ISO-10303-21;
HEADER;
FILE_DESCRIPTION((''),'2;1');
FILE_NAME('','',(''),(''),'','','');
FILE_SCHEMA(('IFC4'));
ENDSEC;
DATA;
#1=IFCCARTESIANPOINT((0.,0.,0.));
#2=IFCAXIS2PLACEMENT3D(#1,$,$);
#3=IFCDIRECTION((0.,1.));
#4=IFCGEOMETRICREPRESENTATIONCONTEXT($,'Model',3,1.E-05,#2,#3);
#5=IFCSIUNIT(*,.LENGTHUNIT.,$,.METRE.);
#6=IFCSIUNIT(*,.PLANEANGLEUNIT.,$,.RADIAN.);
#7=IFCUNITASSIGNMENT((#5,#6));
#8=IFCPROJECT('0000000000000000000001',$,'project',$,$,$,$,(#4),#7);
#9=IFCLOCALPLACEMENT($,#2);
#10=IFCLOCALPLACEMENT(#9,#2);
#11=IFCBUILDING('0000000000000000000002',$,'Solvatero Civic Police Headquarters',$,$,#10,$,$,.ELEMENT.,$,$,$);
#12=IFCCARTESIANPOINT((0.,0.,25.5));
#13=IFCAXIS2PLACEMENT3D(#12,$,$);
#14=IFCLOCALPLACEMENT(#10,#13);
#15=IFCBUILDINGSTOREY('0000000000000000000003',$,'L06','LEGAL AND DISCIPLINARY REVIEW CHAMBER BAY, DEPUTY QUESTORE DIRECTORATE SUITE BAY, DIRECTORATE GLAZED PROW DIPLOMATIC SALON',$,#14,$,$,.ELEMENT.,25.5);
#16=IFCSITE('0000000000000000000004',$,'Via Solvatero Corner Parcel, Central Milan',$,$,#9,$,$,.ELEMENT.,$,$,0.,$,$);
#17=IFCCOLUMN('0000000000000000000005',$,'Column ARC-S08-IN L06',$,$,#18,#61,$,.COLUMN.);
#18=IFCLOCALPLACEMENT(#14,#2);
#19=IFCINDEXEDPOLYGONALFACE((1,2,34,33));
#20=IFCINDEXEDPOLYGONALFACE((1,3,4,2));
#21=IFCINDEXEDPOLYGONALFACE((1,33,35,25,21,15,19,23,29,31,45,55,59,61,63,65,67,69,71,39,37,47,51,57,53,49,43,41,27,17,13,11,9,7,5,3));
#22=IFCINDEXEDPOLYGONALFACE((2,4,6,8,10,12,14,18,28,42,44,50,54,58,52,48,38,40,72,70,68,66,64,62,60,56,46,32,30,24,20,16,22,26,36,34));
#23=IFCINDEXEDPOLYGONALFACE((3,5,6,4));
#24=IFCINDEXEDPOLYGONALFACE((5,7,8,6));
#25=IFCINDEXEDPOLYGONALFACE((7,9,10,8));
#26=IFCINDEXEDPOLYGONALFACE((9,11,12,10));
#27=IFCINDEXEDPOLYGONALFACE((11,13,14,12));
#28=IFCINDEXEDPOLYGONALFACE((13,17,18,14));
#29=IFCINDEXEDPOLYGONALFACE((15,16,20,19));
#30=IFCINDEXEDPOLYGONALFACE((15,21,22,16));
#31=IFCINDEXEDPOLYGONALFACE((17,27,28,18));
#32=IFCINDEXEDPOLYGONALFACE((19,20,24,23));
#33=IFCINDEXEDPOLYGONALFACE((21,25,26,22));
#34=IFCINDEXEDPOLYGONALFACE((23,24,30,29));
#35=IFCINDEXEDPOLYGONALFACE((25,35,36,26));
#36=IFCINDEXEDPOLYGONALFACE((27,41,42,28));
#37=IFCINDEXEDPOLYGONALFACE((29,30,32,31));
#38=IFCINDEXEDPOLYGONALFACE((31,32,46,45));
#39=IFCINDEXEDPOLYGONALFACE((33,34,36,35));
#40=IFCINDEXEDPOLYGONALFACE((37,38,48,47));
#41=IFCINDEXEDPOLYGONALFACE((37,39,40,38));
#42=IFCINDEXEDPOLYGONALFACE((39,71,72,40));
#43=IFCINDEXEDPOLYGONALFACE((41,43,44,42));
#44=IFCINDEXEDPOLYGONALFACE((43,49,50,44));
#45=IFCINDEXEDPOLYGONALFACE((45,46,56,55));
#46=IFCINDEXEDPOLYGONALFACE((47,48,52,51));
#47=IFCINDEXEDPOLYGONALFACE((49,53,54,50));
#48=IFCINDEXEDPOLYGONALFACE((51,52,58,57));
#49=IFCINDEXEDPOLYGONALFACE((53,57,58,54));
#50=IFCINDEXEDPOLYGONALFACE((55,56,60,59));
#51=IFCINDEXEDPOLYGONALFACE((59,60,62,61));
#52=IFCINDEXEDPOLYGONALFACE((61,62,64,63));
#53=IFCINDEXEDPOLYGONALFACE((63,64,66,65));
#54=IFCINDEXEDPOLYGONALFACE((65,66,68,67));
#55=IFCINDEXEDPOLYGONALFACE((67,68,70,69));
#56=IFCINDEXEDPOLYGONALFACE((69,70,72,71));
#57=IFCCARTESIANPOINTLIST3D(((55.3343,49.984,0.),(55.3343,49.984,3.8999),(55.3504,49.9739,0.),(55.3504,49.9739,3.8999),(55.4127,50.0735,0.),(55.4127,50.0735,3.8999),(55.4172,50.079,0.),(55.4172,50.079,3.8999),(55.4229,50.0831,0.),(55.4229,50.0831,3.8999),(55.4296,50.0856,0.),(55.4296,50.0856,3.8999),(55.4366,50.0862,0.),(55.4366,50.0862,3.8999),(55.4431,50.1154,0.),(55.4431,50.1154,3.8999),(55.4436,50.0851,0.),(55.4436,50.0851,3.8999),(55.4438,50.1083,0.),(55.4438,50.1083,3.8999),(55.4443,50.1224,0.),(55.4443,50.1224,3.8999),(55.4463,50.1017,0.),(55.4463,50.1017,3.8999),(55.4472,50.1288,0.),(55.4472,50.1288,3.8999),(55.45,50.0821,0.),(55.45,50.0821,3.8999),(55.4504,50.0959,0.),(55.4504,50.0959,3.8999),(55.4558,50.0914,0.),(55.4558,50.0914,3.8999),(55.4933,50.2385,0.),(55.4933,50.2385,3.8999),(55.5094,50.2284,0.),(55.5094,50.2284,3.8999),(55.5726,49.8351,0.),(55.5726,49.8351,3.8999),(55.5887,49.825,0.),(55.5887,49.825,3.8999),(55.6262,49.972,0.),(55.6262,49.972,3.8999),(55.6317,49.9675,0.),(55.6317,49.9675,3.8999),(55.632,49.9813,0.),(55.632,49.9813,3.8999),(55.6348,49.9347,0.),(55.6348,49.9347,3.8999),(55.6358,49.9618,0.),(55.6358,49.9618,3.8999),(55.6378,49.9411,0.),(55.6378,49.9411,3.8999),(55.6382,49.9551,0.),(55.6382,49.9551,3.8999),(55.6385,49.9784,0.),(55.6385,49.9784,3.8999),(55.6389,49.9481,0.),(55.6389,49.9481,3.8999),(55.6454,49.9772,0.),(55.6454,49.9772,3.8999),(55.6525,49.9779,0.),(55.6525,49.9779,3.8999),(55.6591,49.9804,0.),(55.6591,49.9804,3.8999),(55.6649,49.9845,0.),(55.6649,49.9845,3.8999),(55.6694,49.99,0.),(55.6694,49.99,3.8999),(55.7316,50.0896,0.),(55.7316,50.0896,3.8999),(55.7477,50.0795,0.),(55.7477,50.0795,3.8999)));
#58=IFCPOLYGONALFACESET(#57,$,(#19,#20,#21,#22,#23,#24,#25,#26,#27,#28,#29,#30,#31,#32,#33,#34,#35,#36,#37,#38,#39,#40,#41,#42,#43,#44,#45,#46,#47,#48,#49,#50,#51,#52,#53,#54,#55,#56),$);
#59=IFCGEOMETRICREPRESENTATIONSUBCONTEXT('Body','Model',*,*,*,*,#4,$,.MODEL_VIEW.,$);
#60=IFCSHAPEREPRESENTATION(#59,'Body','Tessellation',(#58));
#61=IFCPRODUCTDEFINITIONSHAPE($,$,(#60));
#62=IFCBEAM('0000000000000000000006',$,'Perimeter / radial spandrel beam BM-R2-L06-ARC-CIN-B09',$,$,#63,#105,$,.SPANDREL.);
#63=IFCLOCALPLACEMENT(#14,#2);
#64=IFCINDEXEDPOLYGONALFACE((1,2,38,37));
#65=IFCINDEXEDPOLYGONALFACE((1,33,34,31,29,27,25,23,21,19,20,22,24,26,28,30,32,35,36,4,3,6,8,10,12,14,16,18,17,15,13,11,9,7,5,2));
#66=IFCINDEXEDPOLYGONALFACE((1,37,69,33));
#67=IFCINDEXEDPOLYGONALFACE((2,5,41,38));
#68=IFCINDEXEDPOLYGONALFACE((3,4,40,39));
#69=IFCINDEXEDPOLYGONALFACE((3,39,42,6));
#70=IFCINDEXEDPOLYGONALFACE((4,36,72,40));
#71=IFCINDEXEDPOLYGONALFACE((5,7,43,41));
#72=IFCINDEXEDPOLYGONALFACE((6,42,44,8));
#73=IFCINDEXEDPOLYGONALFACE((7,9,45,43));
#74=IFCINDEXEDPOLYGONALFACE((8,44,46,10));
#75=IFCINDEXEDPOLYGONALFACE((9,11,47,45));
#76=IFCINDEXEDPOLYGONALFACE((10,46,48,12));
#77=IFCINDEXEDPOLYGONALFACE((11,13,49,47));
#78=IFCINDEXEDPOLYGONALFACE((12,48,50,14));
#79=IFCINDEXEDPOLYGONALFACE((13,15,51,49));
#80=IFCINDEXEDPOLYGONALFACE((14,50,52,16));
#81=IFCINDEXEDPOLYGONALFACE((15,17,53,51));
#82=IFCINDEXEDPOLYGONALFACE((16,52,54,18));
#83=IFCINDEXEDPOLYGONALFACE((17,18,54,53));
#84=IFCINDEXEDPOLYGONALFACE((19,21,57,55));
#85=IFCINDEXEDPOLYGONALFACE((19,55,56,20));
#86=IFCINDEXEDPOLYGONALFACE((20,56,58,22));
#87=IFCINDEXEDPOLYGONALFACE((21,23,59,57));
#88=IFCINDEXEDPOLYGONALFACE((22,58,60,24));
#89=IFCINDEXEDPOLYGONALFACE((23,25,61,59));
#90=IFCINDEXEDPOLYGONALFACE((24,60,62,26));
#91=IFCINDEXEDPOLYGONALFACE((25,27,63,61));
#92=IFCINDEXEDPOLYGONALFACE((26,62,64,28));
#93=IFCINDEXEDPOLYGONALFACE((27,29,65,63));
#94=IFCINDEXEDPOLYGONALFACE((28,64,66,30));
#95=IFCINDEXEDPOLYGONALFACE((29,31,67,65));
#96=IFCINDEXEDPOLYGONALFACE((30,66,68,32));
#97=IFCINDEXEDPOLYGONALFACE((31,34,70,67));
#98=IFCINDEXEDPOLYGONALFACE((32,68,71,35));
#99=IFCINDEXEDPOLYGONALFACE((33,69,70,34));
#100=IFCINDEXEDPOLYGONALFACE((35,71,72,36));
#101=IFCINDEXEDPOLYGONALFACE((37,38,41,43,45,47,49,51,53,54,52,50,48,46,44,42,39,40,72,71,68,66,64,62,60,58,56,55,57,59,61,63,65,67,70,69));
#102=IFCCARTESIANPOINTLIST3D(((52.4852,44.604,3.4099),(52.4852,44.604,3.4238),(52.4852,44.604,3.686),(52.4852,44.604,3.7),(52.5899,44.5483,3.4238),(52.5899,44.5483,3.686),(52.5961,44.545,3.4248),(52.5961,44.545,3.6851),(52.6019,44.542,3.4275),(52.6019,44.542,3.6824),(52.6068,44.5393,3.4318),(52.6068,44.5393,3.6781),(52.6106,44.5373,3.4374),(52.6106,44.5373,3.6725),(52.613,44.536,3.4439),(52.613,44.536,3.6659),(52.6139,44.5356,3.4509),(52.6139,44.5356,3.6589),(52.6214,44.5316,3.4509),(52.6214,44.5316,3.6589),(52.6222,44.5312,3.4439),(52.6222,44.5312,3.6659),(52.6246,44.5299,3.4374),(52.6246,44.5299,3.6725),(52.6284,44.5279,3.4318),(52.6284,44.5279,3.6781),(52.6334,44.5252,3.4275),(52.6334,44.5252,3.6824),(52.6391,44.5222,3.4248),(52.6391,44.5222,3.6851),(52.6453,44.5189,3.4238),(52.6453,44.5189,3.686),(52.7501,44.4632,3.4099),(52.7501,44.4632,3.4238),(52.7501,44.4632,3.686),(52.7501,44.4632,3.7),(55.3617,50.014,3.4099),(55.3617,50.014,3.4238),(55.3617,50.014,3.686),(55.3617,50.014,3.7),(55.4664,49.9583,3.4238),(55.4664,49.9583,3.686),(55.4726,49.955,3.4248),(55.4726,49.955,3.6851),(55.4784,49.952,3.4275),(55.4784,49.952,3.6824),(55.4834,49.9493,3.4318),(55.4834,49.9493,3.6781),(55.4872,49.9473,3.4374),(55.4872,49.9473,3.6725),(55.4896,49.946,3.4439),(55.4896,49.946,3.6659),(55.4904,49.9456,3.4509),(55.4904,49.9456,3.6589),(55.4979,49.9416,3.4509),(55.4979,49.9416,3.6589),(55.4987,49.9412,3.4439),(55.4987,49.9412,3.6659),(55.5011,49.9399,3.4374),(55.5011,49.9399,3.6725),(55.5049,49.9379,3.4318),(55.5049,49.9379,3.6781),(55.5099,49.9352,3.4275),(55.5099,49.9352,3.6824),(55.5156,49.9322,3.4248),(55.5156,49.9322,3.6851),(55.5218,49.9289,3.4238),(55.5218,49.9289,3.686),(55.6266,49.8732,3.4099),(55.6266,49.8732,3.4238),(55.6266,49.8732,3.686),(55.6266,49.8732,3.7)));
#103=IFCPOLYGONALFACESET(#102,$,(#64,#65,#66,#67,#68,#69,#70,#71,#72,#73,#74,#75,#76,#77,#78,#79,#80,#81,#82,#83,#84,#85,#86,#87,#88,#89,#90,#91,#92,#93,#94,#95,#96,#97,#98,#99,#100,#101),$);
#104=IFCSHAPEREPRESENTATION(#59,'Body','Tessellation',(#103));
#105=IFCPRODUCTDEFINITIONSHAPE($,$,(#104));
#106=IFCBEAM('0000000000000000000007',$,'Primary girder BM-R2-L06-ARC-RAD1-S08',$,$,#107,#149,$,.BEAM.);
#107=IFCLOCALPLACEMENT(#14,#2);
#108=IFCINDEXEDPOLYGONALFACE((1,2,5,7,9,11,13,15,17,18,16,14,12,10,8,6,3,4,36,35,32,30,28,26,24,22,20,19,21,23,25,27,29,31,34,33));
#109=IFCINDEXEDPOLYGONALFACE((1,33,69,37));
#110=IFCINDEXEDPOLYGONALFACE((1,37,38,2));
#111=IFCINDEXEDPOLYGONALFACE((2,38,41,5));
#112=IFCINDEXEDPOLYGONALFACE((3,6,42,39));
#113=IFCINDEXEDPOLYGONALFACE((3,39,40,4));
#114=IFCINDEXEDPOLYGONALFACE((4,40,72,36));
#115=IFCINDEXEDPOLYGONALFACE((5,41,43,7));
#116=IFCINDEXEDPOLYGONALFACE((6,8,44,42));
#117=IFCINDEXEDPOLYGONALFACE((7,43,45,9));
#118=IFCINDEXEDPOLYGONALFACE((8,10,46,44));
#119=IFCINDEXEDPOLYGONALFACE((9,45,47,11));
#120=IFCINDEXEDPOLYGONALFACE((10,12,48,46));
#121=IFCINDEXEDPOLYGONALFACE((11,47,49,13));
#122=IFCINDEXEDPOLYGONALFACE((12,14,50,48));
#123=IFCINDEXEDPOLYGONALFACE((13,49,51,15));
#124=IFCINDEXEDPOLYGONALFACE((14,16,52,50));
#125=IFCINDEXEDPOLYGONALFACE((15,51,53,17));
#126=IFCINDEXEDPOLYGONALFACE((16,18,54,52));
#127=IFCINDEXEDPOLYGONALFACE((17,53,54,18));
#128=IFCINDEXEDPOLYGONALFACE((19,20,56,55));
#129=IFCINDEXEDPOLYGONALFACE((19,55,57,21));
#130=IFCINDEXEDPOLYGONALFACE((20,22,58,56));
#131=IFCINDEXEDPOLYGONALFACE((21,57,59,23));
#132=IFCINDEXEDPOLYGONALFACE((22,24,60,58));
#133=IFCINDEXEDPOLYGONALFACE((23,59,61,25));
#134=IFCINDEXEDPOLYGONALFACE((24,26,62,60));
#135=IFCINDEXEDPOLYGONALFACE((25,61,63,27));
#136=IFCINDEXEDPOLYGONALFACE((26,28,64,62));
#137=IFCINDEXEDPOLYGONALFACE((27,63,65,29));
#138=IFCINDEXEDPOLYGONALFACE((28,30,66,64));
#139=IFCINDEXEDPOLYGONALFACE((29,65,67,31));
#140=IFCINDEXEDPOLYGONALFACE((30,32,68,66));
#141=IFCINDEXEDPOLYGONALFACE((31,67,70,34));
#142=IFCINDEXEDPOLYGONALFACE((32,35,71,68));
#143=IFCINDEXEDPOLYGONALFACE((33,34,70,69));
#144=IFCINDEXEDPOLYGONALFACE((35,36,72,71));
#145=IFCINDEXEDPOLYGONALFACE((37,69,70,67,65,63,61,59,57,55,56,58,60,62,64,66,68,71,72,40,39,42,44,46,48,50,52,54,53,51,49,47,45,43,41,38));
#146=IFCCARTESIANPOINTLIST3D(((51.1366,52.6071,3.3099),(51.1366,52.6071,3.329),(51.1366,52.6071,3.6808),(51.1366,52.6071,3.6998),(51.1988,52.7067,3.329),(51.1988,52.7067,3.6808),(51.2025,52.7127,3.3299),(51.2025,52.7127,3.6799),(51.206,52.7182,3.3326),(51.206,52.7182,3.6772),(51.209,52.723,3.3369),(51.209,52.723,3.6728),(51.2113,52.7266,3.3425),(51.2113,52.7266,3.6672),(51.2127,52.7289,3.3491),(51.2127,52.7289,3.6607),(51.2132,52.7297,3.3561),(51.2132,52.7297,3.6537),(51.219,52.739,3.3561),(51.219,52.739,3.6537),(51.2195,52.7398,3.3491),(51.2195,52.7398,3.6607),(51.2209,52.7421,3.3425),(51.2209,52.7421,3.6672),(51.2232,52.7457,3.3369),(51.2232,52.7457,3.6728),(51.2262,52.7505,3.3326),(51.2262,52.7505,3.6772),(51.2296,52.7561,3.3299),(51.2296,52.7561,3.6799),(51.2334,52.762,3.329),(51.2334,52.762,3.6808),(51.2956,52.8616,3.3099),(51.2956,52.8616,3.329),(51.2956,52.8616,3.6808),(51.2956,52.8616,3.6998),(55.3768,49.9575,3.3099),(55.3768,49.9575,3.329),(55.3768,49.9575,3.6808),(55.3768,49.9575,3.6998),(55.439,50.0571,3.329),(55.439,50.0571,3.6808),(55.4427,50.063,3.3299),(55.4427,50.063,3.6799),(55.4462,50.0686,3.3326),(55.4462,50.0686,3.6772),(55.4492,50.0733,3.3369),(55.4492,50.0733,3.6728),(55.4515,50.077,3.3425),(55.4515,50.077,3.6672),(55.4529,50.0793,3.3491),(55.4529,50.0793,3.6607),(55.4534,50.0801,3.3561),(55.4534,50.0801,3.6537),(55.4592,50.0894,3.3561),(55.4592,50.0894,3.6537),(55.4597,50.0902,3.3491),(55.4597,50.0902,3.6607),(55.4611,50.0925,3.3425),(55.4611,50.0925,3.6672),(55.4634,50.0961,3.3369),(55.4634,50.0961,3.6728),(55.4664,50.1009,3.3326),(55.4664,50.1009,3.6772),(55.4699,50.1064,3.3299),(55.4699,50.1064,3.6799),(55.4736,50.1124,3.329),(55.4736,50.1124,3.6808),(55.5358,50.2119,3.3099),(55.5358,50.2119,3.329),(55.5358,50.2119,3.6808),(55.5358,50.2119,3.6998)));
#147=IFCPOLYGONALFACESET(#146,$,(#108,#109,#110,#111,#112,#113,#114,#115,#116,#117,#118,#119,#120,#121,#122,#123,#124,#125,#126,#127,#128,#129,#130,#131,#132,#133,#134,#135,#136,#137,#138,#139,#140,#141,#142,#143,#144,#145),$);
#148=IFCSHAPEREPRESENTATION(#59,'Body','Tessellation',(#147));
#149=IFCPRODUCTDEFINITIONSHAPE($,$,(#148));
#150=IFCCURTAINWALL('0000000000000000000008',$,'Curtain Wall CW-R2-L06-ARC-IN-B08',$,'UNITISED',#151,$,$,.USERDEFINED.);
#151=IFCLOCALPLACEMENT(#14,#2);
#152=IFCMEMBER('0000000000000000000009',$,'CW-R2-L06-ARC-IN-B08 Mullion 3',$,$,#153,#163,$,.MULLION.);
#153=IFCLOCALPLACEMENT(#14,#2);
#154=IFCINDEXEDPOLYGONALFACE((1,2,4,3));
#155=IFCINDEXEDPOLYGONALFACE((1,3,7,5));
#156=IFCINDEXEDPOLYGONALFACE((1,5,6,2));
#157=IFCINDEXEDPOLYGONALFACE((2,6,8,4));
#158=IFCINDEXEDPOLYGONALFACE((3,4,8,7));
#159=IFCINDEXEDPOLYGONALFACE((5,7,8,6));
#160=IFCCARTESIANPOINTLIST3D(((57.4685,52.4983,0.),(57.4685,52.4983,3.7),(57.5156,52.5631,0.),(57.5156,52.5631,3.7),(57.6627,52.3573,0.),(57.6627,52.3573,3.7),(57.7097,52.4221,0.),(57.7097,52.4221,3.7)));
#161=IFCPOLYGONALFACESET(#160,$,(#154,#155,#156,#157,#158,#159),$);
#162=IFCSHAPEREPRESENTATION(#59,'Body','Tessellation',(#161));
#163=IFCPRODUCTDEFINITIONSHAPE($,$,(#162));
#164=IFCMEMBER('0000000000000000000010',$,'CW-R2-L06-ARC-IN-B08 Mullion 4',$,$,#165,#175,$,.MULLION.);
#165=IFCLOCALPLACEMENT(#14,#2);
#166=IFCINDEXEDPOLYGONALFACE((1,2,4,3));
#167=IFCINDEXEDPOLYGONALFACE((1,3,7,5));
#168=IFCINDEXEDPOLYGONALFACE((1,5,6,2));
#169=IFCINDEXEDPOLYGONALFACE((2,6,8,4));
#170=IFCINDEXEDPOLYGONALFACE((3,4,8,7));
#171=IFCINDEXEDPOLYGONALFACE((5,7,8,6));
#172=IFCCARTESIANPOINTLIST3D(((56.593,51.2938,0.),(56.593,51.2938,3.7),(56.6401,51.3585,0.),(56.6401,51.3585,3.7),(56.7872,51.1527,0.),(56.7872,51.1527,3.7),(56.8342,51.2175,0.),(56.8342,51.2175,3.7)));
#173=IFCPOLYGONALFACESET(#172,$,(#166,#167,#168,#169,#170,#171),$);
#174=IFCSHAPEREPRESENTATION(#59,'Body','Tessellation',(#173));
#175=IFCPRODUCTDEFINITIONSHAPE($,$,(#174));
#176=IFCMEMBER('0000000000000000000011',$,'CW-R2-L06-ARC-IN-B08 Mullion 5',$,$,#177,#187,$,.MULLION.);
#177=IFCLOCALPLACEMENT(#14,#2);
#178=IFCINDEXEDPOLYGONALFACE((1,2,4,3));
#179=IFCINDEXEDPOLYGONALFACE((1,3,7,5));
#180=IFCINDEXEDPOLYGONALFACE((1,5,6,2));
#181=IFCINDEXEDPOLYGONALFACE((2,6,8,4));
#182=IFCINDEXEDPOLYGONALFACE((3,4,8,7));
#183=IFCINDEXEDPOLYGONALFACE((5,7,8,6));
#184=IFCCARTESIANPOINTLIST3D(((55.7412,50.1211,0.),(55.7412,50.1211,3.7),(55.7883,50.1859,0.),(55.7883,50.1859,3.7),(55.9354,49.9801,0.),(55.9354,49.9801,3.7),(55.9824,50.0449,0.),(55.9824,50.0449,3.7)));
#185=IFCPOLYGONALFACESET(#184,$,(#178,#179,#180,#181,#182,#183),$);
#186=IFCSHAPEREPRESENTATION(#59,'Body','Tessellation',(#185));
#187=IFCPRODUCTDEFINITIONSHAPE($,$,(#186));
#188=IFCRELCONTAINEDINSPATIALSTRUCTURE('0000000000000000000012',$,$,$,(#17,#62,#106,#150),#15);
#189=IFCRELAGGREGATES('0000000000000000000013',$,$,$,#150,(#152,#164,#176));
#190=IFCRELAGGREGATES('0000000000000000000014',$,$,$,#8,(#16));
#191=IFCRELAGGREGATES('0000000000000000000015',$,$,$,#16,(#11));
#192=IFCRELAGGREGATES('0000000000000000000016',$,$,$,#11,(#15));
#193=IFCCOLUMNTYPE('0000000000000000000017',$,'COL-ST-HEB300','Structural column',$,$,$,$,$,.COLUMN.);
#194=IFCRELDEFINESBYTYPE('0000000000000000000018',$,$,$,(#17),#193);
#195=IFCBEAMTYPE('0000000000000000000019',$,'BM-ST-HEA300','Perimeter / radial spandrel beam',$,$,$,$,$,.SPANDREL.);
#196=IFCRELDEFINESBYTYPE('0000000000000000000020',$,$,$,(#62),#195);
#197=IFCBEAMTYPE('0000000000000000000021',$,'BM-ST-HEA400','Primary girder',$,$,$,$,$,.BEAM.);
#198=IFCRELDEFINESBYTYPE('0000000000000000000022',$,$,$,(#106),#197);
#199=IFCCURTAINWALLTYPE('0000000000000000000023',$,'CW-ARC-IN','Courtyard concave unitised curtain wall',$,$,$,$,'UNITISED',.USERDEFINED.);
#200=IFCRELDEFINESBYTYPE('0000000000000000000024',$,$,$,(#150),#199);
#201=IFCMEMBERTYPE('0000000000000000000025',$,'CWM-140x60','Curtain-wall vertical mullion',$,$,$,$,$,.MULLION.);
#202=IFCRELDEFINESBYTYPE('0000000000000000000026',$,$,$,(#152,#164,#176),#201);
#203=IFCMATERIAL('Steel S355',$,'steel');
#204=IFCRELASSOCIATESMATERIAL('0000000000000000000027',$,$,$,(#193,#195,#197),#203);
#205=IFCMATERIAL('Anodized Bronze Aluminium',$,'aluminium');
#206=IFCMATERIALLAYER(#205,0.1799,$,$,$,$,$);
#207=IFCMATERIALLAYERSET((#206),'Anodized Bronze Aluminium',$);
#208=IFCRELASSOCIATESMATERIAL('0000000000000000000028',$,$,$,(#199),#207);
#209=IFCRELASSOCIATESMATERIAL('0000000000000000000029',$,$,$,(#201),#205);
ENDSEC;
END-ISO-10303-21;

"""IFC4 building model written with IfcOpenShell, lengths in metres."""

from ifc_helpers import new_model, si_unit, direction, frame, origin, origin_2d, place, context, subcontext, project, spatial, rectangle, i_section, extrude, material, layer, layer_set, material_profile, profile_set, type_object, element, aggregate, save


model = new_model("IFC4")

# Units and contexts
model_context = context("Model", 3, precision=1e-05, world=origin(), true_north=direction((0.0, 1.0)))
body_context = subcontext(model_context, "Body", "Model", "MODEL_VIEW")
ifc_project = project(units=[si_unit("LENGTHUNIT", "METRE"), si_unit("PLANEANGLEUNIT", "RADIAN")], contexts=[model_context])

# Site, building, storey
site_placement = place(None, origin())
site = spatial("IfcSite", under=ifc_project, at=site_placement, Name="Via Solvatero Corner Parcel, Central Milan", CompositionType="ELEMENT", RefElevation=0.0)
building_placement = place(site_placement, origin())
building = spatial("IfcBuilding", under=site, at=building_placement, Name="Solvatero Civic Police Headquarters", CompositionType="ELEMENT")
storey_placement = place(building_placement, frame((0.0, 0.0, 25.5)))
storey = spatial("IfcBuildingStorey", under=building, at=storey_placement, Name="L06", Description="LEGAL AND DISCIPLINARY REVIEW CHAMBER BAY, DEPUTY QUESTORE DIRECTORATE SUITE BAY, DIRECTORATE GLAZED PROW DIPLOMATIC SALON", CompositionType="ELEMENT", Elevation=25.5)

# Column
ifc_material_1 = material(Name="Steel S355", Category="steel")
ifc_material_profile_1 = material_profile(ifc_material_1, i_section(OverallWidth=0.3, OverallDepth=0.3, WebThickness=0.011, FlangeThickness=0.019, FilletRadius=0.0271, at=origin_2d()), Name="HEB 300")
ifc_profile_set_1 = profile_set([ifc_material_profile_1], Name="Steel S355")
column_type = type_object("IfcColumnType", Name="COL-ST-HEB300", Description="Structural column", PredefinedType="COLUMN", material=ifc_profile_set_1)
column_placement = place(storey_placement, frame((55.541, 50.0317, 0.0), z_axis=(0.0, 0.0, 1.0), x_axis=(0.529919, 0.848048, 0.0)))
element("IfcColumn", 1, at=column_placement, inside=storey, type_object=column_type, Name="Column ARC-S08-IN L06", PredefinedType="COLUMN", context=body_context, shape_type="SweptSolid", body=[
    extrude(i_section(OverallWidth=0.3, OverallDepth=0.3, WebThickness=0.011, FlangeThickness=0.019, FilletRadius=0.0271, at=origin_2d()), origin(), (0.0, 0.0, 1.0), 3.8999),
])

# Beams
ifc_material_profile_2 = material_profile(ifc_material_1, i_section(OverallWidth=0.3, OverallDepth=0.29, WebThickness=0.0085, FlangeThickness=0.0139, FilletRadius=0.0271, at=origin_2d()), Name="HEA 300")
ifc_profile_set_2 = profile_set([ifc_material_profile_2], Name="Steel S355")
beam_type_1 = type_object("IfcBeamType", Name="BM-ST-HEA300", Description="Perimeter / radial spandrel beam", PredefinedType="SPANDREL", material=ifc_profile_set_2)
beam_1_placement = place(storey_placement, frame((55.4941, 49.9436, 3.5549), z_axis=(-0.469467, -0.88295, 0.0), x_axis=(0.88295, -0.469467, 0.0)))
element("IfcBeam", 2, at=beam_1_placement, inside=storey, type_object=beam_type_1, Name="Perimeter / radial spandrel beam BM-R2-L06-ARC-CIN-B09", PredefinedType="SPANDREL", context=body_context, shape_type="SweptSolid", body=[
    extrude(i_section(OverallWidth=0.3, OverallDepth=0.29, WebThickness=0.0085, FlangeThickness=0.0139, FilletRadius=0.0271, at=origin_2d()), origin(), (0.0, 0.0, 1.0), 6.1272),
])
ifc_material_profile_3 = material_profile(ifc_material_1, i_section(OverallWidth=0.3, OverallDepth=0.3899, WebThickness=0.011, FlangeThickness=0.019, FilletRadius=0.0271, at=origin_2d()), Name="HEA 400")
ifc_profile_set_3 = profile_set([ifc_material_profile_3], Name="Steel S355")
beam_type_2 = type_object("IfcBeamType", Name="BM-ST-HEA400", Description="Primary girder", PredefinedType="BEAM", material=ifc_profile_set_3)
beam_2_placement = place(storey_placement, frame((55.4563, 50.0847, 3.5049), z_axis=(-0.848042, 0.529929, 0.0), x_axis=(-0.529929, -0.848042, 0.0)))
element("IfcBeam", 3, at=beam_2_placement, inside=storey, type_object=beam_type_2, Name="Primary girder BM-R2-L06-ARC-RAD1-S08", PredefinedType="BEAM", context=body_context, shape_type="SweptSolid", body=[
    extrude(i_section(OverallWidth=0.3, OverallDepth=0.3899, WebThickness=0.011, FlangeThickness=0.019, FilletRadius=0.0271, at=origin_2d()), origin(), (0.0, 0.0, 1.0), 5.0),
])

# Curtain wall, members
ifc_material_2 = material(Name="Anodized Bronze Aluminium", Category="aluminium")
ifc_layer_1 = layer(ifc_material_2, 0.1799)
ifc_layer_set_1 = layer_set([ifc_layer_1], Name="Anodized Bronze Aluminium")
curtain_wall_type = type_object("IfcCurtainWallType", Name="CW-ARC-IN", Description="Courtyard concave unitised curtain wall", ElementType="UNITISED", PredefinedType="USERDEFINED", material=ifc_layer_set_1)
curtain_wall_1_placement = place(storey_placement, origin())
curtain_wall_1 = element("IfcCurtainWall", 4, at=curtain_wall_1_placement, inside=storey, type_object=curtain_wall_type, Name="Curtain Wall CW-R2-L06-ARC-IN-B08", ObjectType="UNITISED", PredefinedType="USERDEFINED")
ifc_material_profile_4 = material_profile(ifc_material_2, rectangle(XDim=0.0801, YDim=0.24, at=origin_2d()), Name="ALU MULLION 80x240")
ifc_profile_set_4 = profile_set([ifc_material_profile_4], Name="Anodized Bronze Aluminium")
member_type_1 = type_object("IfcMemberType", Name="CWM-140x60", Description="Curtain-wall vertical mullion", PredefinedType="MULLION", material=ifc_profile_set_4)
member_1_placement = place(storey_placement, frame((57.5891, 52.4602, 0.0), z_axis=(0.0, 0.0, 1.0), x_axis=(-0.587785, -0.809017, 0.0)))
member_1 = element("IfcMember", 5, at=member_1_placement, type_object=member_type_1, Name="CW-R2-L06-ARC-IN-B08 Mullion 3", PredefinedType="MULLION", context=body_context, shape_type="SweptSolid", body=[
    extrude(rectangle(XDim=0.0801, YDim=0.24, at=origin_2d()), origin(), (0.0, 0.0, 1.0), 3.7),
])
member_2_placement = place(storey_placement, frame((56.7136, 51.2556, 0.0), z_axis=(0.0, 0.0, 1.0), x_axis=(-0.587785, -0.809017, 0.0)))
member_2 = element("IfcMember", 6, at=member_2_placement, type_object=member_type_1, Name="CW-R2-L06-ARC-IN-B08 Mullion 4", PredefinedType="MULLION", context=body_context, shape_type="SweptSolid", body=[
    extrude(rectangle(XDim=0.0801, YDim=0.24, at=origin_2d()), origin(), (0.0, 0.0, 1.0), 3.7),
])
member_3_placement = place(storey_placement, frame((55.8618, 50.083, 0.0), z_axis=(0.0, 0.0, 1.0), x_axis=(-0.587785, -0.809017, 0.0)))
member_3 = element("IfcMember", 7, at=member_3_placement, type_object=member_type_1, Name="CW-R2-L06-ARC-IN-B08 Mullion 5", PredefinedType="MULLION", context=body_context, shape_type="SweptSolid", body=[
    extrude(rectangle(XDim=0.0801, YDim=0.24, at=origin_2d()), origin(), (0.0, 0.0, 1.0), 3.7),
])

aggregate(curtain_wall_1, [member_1, member_2, member_3])

save(model, "model.ifc")
